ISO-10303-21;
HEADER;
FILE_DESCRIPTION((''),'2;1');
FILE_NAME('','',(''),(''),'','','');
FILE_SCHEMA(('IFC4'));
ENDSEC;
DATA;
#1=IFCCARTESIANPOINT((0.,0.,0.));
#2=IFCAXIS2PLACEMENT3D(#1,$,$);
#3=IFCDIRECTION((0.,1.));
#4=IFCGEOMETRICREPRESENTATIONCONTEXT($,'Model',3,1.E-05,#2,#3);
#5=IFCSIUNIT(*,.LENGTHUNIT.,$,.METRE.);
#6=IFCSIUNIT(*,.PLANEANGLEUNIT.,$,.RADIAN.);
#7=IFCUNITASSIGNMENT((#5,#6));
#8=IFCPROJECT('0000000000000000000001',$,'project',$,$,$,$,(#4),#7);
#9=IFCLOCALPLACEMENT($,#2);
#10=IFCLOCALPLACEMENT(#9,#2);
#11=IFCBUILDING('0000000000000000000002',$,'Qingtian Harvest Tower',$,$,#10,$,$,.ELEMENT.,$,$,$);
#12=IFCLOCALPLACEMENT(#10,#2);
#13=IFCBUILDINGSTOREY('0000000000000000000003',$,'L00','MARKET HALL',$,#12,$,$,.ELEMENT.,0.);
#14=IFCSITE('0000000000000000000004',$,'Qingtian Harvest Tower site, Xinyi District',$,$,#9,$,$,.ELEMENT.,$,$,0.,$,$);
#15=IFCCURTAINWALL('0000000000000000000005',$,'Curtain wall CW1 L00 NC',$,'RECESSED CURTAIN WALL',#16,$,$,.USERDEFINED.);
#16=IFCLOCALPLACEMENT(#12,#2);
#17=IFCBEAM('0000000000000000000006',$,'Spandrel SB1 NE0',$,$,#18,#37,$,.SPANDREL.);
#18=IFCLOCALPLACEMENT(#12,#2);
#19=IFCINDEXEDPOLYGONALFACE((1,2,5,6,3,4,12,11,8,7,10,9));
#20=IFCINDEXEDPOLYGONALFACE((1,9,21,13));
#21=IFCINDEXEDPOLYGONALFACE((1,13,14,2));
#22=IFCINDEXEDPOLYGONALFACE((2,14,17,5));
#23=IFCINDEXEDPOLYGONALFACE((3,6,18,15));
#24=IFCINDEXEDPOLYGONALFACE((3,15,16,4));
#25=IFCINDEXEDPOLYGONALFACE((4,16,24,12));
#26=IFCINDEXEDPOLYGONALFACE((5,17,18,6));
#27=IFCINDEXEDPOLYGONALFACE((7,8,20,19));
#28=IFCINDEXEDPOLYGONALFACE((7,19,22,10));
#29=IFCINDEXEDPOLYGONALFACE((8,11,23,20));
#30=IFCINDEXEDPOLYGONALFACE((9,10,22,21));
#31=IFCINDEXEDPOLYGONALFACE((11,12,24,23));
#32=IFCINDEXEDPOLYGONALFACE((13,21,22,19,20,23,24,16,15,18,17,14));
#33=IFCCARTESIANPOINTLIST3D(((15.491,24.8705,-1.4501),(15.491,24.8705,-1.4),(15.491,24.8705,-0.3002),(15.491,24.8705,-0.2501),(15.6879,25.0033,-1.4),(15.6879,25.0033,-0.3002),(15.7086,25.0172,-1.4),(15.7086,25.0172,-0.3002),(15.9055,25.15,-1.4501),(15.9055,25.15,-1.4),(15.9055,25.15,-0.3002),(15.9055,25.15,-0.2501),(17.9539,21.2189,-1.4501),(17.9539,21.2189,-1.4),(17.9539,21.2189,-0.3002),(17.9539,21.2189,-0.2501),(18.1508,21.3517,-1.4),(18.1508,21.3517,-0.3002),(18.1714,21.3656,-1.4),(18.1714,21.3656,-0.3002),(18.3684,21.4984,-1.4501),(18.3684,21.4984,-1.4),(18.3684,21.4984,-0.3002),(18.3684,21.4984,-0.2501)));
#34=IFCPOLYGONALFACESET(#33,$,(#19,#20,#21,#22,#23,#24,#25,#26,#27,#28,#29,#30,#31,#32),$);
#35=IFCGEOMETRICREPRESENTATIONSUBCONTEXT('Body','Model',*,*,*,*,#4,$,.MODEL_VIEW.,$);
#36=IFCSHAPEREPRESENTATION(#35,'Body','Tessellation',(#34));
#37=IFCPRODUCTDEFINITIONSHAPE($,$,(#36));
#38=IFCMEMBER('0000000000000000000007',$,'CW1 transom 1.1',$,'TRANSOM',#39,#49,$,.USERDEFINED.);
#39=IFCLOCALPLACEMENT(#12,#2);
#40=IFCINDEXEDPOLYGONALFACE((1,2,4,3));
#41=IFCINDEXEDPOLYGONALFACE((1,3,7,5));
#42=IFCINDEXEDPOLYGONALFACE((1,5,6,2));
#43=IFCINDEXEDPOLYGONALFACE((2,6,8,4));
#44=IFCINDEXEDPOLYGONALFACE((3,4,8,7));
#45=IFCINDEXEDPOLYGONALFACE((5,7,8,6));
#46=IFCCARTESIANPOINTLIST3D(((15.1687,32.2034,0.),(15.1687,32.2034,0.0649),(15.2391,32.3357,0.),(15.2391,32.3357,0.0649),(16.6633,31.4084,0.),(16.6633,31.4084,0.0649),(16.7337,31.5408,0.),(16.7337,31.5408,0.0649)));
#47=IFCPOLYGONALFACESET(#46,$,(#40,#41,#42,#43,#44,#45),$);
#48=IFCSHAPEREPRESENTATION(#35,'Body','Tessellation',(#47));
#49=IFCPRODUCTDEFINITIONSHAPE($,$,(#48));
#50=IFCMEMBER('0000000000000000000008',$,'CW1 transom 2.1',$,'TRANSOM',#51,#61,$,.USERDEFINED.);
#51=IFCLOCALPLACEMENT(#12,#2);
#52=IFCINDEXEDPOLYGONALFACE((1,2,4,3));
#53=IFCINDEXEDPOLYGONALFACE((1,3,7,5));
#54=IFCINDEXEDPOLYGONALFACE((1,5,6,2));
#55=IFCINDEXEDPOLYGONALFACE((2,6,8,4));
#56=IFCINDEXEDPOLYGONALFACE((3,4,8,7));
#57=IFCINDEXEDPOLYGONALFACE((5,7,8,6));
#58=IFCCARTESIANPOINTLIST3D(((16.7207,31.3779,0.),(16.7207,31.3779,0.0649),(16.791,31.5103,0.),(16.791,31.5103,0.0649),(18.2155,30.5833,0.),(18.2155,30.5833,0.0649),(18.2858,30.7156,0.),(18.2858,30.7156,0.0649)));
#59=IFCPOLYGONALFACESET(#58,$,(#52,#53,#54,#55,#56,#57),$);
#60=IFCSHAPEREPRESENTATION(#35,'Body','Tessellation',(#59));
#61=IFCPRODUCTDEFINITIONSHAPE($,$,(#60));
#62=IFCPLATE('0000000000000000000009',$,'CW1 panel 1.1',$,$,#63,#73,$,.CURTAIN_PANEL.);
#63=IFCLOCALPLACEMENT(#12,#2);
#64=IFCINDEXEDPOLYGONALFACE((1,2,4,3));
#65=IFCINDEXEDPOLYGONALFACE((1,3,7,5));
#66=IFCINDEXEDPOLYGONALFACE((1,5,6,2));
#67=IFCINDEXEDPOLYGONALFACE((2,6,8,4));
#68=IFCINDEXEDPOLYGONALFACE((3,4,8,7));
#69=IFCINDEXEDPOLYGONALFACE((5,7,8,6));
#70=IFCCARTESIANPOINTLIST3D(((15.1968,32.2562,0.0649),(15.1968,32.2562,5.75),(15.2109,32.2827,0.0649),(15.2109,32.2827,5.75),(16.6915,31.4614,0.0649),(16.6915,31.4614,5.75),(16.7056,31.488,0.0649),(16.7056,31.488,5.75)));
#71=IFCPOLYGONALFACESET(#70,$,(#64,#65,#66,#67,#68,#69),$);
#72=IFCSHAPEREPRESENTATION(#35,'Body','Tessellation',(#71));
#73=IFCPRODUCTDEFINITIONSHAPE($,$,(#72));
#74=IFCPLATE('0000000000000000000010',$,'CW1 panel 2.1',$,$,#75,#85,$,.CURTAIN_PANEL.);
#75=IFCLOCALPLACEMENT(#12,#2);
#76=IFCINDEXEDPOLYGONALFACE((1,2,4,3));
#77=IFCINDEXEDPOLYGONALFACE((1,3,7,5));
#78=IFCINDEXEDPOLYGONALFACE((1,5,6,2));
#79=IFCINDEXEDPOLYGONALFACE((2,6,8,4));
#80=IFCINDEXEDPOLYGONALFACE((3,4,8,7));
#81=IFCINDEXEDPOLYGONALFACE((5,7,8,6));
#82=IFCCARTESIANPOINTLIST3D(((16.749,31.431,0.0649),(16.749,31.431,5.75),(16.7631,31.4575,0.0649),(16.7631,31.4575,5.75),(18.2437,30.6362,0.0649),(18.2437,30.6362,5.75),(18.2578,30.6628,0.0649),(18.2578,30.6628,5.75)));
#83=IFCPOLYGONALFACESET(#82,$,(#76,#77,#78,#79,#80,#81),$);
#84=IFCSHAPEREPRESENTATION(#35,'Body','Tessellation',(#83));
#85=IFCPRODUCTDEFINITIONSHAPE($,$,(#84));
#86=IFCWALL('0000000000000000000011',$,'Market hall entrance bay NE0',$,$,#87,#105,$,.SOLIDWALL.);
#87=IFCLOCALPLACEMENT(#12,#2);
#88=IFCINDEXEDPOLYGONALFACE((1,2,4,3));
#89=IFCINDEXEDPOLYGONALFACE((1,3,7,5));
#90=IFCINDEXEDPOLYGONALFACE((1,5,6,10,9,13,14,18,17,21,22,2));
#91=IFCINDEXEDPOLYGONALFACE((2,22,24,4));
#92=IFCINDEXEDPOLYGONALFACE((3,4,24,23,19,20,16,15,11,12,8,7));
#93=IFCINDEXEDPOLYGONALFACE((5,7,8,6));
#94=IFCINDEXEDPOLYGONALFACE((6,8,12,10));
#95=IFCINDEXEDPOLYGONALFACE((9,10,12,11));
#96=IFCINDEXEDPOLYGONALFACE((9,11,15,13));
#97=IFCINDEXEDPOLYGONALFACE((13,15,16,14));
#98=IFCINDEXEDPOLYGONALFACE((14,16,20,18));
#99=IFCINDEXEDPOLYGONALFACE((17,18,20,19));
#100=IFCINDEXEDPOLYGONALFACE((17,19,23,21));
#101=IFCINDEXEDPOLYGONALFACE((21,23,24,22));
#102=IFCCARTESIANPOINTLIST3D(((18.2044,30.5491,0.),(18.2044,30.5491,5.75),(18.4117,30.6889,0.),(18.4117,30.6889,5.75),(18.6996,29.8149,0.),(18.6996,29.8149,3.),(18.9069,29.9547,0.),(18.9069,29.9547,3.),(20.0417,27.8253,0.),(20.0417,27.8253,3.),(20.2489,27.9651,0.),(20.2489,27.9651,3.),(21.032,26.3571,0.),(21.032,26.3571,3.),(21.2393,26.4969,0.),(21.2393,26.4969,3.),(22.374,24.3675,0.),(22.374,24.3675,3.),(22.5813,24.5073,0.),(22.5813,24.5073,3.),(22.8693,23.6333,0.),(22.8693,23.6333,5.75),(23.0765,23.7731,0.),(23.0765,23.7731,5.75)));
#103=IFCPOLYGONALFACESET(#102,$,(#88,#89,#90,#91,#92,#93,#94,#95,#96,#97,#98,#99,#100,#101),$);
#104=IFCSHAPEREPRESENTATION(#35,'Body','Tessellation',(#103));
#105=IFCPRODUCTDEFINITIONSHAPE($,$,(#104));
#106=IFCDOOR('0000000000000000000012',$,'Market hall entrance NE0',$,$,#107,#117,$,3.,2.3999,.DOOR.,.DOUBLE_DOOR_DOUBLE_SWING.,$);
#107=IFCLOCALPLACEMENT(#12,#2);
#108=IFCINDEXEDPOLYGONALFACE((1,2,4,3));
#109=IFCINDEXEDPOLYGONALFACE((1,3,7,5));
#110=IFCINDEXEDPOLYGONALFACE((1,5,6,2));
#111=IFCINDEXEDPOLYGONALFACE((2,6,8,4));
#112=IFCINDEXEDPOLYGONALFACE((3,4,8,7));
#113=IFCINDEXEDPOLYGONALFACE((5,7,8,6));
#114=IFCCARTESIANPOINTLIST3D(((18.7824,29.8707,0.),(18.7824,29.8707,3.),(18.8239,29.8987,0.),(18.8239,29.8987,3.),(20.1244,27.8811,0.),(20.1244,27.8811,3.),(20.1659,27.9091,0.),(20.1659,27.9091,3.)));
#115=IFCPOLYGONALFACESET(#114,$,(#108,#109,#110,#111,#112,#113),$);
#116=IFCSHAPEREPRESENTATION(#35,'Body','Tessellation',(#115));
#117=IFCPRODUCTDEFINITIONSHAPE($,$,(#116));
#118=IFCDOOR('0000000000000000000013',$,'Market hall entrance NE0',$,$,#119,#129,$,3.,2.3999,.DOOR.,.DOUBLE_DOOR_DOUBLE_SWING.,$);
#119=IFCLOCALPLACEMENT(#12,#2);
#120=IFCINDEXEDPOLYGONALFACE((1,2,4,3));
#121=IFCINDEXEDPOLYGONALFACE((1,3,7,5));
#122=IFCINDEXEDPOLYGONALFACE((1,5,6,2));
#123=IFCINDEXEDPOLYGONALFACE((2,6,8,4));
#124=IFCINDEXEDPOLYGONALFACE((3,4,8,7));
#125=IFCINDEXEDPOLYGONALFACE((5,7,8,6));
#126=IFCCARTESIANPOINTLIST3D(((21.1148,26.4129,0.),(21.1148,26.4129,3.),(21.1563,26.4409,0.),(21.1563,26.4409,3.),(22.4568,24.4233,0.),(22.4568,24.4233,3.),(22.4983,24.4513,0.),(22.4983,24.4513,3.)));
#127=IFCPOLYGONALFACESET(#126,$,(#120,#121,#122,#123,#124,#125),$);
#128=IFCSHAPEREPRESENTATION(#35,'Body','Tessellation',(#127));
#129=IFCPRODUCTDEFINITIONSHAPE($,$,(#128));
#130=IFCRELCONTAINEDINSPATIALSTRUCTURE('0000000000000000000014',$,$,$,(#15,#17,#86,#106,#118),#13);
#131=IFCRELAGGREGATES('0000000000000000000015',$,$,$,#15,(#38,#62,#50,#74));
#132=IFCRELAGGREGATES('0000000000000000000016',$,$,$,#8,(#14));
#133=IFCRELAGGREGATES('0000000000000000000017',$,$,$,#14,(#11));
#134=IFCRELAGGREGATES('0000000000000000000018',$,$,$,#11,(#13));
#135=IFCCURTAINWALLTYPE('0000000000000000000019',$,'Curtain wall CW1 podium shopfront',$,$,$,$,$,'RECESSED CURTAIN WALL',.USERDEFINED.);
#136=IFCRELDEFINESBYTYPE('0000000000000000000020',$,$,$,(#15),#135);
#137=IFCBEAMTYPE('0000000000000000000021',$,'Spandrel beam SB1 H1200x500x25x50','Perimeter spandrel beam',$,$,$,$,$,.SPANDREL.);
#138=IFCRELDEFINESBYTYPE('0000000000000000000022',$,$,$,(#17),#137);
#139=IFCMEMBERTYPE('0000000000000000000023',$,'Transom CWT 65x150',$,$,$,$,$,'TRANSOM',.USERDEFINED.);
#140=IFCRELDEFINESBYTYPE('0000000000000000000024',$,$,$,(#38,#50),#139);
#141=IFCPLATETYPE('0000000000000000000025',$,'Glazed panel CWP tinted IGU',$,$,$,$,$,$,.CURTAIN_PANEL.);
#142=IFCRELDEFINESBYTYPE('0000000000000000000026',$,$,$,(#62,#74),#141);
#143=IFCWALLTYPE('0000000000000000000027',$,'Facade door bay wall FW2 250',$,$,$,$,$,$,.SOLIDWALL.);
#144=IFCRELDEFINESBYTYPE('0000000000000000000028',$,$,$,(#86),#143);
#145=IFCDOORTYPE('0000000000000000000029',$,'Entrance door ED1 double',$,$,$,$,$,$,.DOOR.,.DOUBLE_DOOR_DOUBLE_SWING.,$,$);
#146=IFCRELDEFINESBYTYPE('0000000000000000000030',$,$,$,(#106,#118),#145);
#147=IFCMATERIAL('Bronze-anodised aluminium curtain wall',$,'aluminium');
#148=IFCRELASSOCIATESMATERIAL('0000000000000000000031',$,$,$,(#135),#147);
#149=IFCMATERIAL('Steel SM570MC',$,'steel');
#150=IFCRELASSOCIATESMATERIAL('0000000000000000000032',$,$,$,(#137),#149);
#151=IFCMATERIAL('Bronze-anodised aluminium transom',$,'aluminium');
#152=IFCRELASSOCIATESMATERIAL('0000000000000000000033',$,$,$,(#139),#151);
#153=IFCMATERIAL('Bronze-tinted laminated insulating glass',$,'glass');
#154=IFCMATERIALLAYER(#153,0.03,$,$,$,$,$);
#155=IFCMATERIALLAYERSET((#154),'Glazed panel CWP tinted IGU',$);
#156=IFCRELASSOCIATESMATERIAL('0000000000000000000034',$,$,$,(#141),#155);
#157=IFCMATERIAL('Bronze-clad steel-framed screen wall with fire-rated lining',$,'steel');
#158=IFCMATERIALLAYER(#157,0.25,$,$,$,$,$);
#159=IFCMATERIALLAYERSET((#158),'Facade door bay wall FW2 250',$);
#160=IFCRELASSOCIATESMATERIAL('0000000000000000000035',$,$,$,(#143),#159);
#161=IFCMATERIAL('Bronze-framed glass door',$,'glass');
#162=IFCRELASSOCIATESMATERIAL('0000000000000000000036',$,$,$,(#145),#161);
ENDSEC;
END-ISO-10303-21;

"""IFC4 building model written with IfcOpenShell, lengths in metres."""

from ifc_helpers import new_model, si_unit, direction, frame, frame_2d, origin, origin_2d, place, context, subcontext, project, spatial, rectangle, i_section, extrude, material, layer, layer_set, material_profile, profile_set, type_object, element, fill, aggregate, save


model = new_model("IFC4")

# Units and contexts
model_context = context("Model", 3, precision=1e-05, world=origin(), true_north=direction((0.0, 1.0)))
body_context = subcontext(model_context, "Body", "Model", "MODEL_VIEW")
ifc_project = project(units=[si_unit("LENGTHUNIT", "METRE"), si_unit("PLANEANGLEUNIT", "RADIAN")], contexts=[model_context])

# Site, building, storey
site_placement = place(None, origin())
site = spatial("IfcSite", under=ifc_project, at=site_placement, Name="Qingtian Harvest Tower site, Xinyi District", CompositionType="ELEMENT", RefElevation=0.0)
building_placement = place(site_placement, origin())
building = spatial("IfcBuilding", under=site, at=building_placement, Name="Qingtian Harvest Tower", CompositionType="ELEMENT")
storey_placement = place(building_placement, origin())
storey = spatial("IfcBuildingStorey", under=building, at=storey_placement, Name="L00", Description="MARKET HALL", CompositionType="ELEMENT", Elevation=0.0)

# Curtain wall
ifc_material_1 = material(Name="Bronze-anodised aluminium curtain wall", Category="aluminium")
curtain_wall_type = type_object("IfcCurtainWallType", Name="Curtain wall CW1 podium shopfront", ElementType="RECESSED CURTAIN WALL", PredefinedType="USERDEFINED", material=ifc_material_1)
curtain_wall_placement = place(storey_placement, origin())
curtain_wall = element("IfcCurtainWall", 1, at=curtain_wall_placement, inside=storey, type_object=curtain_wall_type, Name="Curtain wall CW1 L00 NC", ObjectType="RECESSED CURTAIN WALL", PredefinedType="USERDEFINED")

# Beam
ifc_material_2 = material(Name="Steel SM570MC", Category="steel")
ifc_material_profile_1 = material_profile(ifc_material_2, i_section(OverallWidth=0.5, OverallDepth=1.2, WebThickness=0.0249, FlangeThickness=0.05, at=origin_2d()), Name="H1200x500x25x50")
ifc_profile_set_1 = profile_set([ifc_material_profile_1], Name="Steel SM570MC")
beam_type_1 = type_object("IfcBeamType", Name="Spandrel beam SB1 H1200x500x25x50", Description="Perimeter spandrel beam", PredefinedType="SPANDREL", material=ifc_profile_set_1)
beam_1_placement = place(storey_placement, frame((15.6982, 25.0103, -0.8501), z_axis=(0.559169, -0.829054, 0.0), x_axis=(0.829054, 0.559169, 0.0)))
element("IfcBeam", 2, at=beam_1_placement, inside=storey, type_object=beam_type_1, Name="Spandrel SB1 NE0", PredefinedType="SPANDREL", context=body_context, shape_type="SweptSolid", body=[
    extrude(i_section(OverallWidth=0.5, OverallDepth=1.2, WebThickness=0.0249, FlangeThickness=0.05, at=origin_2d()), origin(), (0.0, 0.0, 1.0), 4.4045),
])

# Members
ifc_material_3 = material(Name="Bronze-anodised aluminium transom", Category="aluminium")
ifc_material_profile_2 = material_profile(ifc_material_3, rectangle(XDim=0.1499, YDim=0.0649, at=origin_2d()), Name="AL 65x150")
ifc_profile_set_2 = profile_set([ifc_material_profile_2], Name="Bronze-anodised aluminium transom")
member_type_1 = type_object("IfcMemberType", Name="Transom CWT 65x150", ElementType="TRANSOM", PredefinedType="USERDEFINED", material=ifc_profile_set_2)
member_1_placement = place(storey_placement, frame((15.2039, 32.2695, 0.0325), z_axis=(0.882895, -0.46957, 0.0), x_axis=(0.46957, 0.882895, 0.0)))
member_1 = element("IfcMember", 3, at=member_1_placement, type_object=member_type_1, Name="CW1 transom 1.1", ObjectType="TRANSOM", PredefinedType="USERDEFINED", context=body_context, shape_type="SweptSolid", body=[
    extrude(rectangle(XDim=0.1499, YDim=0.0649, at=origin_2d()), origin(), (0.0, 0.0, 1.0), 1.6929),
])
member_2_placement = place(storey_placement, frame((16.7559, 31.4441, 0.0325), z_axis=(0.882987, -0.469398, 0.0), x_axis=(0.469398, 0.882987, 0.0)))
member_2 = element("IfcMember", 4, at=member_2_placement, type_object=member_type_1, Name="CW1 transom 2.1", ObjectType="TRANSOM", PredefinedType="USERDEFINED", context=body_context, shape_type="SweptSolid", body=[
    extrude(rectangle(XDim=0.1499, YDim=0.0649, at=origin_2d()), origin(), (0.0, 0.0, 1.0), 1.6929),
])

# Plates
ifc_material_4 = material(Name="Bronze-tinted laminated insulating glass", Category="glass")
ifc_layer_1 = layer(ifc_material_4, 0.03)
ifc_layer_set_1 = layer_set([ifc_layer_1], Name="Glazed panel CWP tinted IGU")
plate_type = type_object("IfcPlateType", Name="Glazed panel CWP tinted IGU", PredefinedType="CURTAIN_PANEL", material=ifc_layer_set_1)
plate_1_placement = place(storey_placement, frame((15.9512, 31.8721, 0.0649), z_axis=(0.0, 0.0, 1.0), x_axis=(0.882948, -0.469472, 0.0)))
plate_1 = element("IfcPlate", 5, at=plate_1_placement, type_object=plate_type, Name="CW1 panel 1.1", PredefinedType="CURTAIN_PANEL", context=body_context, shape_type="SweptSolid", body=[
    extrude(rectangle(XDim=1.6929, YDim=0.03, at=origin_2d()), origin(), (0.0, 0.0, 1.0), 5.6851),
])
plate_2_placement = place(storey_placement, frame((17.5034, 31.0469, 0.0649), z_axis=(0.0, 0.0, 1.0), x_axis=(0.882948, -0.469472, 0.0)))
plate_2 = element("IfcPlate", 6, at=plate_2_placement, type_object=plate_type, Name="CW1 panel 2.1", PredefinedType="CURTAIN_PANEL", context=body_context, shape_type="SweptSolid", body=[
    extrude(rectangle(XDim=1.6929, YDim=0.03, at=origin_2d()), origin(), (0.0, 0.0, 1.0), 5.6851),
])
aggregate(curtain_wall, [member_1, plate_1, member_2, plate_2])

# Wall, openings, doors
ifc_material_5 = material(Name="Bronze-clad steel-framed screen wall with fire-rated lining", Category="steel")
ifc_layer_2 = layer(ifc_material_5, 0.25)
ifc_layer_set_2 = layer_set([ifc_layer_2], Name="Facade door bay wall FW2 250")
wall_type = type_object("IfcWallType", Name="Facade door bay wall FW2 250", PredefinedType="SOLIDWALL", material=ifc_layer_set_2)
wall_placement = place(storey_placement, frame((18.3081, 30.6189, 0.0), z_axis=(0.0, 0.0, 1.0), x_axis=(0.559197, -0.829035, 0.0)))
wall = element("IfcWall", 7, at=wall_placement, inside=storey, type_object=wall_type, Name="Market hall entrance bay NE0", PredefinedType="SOLIDWALL", context=body_context, shape_type="SweptSolid", body=[
    extrude(rectangle(XDim=8.342, YDim=0.25, at=frame_2d((4.1709, 0.0))), origin(), (0.0, 0.0, 1.0), 5.75),
])
opening_1_placement = place(wall_placement, frame((0.8855, 0.0, 0.0)))
opening_1 = element("IfcOpeningElement", 8, at=opening_1_placement, cuts=wall, PredefinedType="OPENING", context=body_context, shape_type="SweptSolid", body=[
    extrude(rectangle(XDim=2.3999, YDim=3.0, at=frame_2d((1.2, 1.5))), frame((0.0, 0.135, 0.0), z_axis=(0.0, -1.0, 0.0), x_axis=(1.0, 0.0, 0.0)), (0.0, 0.0, 1.0), 0.27),
])
opening_2_placement = place(wall_placement, frame((5.0564, 0.0, 0.0)))
opening_2 = element("IfcOpeningElement", 9, at=opening_2_placement, cuts=wall, PredefinedType="OPENING", context=body_context, shape_type="SweptSolid", body=[
    extrude(rectangle(XDim=2.3999, YDim=3.0, at=frame_2d((1.2, 1.5))), frame((0.0, 0.135, 0.0), z_axis=(0.0, -1.0, 0.0), x_axis=(1.0, 0.0, 0.0)), (0.0, 0.0, 1.0), 0.27),
])
ifc_material_6 = material(Name="Bronze-framed glass door", Category="glass")
door_type = type_object("IfcDoorType", Name="Entrance door ED1 double", OperationType="DOUBLE_DOOR_DOUBLE_SWING", PredefinedType="DOOR", material=ifc_material_6)
door_1_placement = place(opening_1_placement, origin())
door_1 = element("IfcDoor", 10, at=door_1_placement, inside=storey, type_object=door_type, Name="Market hall entrance NE0", OperationType="DOUBLE_DOOR_DOUBLE_SWING", OverallHeight=3.0, OverallWidth=2.3999, PredefinedType="DOOR", context=body_context, shape_type="SweptSolid", body=[
    extrude(rectangle(XDim=2.3999, YDim=3.0, at=frame_2d((1.2, 1.5))), frame((0.0, 0.0249, 0.0), z_axis=(0.0, -1.0, 0.0), x_axis=(1.0, 0.0, 0.0)), (0.0, 0.0, 1.0), 0.05),
])
fill(opening_1, door_1)
door_2_placement = place(opening_2_placement, origin())
door_2 = element("IfcDoor", 11, at=door_2_placement, inside=storey, type_object=door_type, Name="Market hall entrance NE0", OperationType="DOUBLE_DOOR_DOUBLE_SWING", OverallHeight=3.0, OverallWidth=2.3999, PredefinedType="DOOR", context=body_context, shape_type="SweptSolid", body=[
    extrude(rectangle(XDim=2.3999, YDim=3.0, at=frame_2d((1.2, 1.5))), frame((0.0, 0.0249, 0.0), z_axis=(0.0, -1.0, 0.0), x_axis=(1.0, 0.0, 0.0)), (0.0, 0.0, 1.0), 0.05),
])
fill(opening_2, door_2)

save(model, "model.ifc")
